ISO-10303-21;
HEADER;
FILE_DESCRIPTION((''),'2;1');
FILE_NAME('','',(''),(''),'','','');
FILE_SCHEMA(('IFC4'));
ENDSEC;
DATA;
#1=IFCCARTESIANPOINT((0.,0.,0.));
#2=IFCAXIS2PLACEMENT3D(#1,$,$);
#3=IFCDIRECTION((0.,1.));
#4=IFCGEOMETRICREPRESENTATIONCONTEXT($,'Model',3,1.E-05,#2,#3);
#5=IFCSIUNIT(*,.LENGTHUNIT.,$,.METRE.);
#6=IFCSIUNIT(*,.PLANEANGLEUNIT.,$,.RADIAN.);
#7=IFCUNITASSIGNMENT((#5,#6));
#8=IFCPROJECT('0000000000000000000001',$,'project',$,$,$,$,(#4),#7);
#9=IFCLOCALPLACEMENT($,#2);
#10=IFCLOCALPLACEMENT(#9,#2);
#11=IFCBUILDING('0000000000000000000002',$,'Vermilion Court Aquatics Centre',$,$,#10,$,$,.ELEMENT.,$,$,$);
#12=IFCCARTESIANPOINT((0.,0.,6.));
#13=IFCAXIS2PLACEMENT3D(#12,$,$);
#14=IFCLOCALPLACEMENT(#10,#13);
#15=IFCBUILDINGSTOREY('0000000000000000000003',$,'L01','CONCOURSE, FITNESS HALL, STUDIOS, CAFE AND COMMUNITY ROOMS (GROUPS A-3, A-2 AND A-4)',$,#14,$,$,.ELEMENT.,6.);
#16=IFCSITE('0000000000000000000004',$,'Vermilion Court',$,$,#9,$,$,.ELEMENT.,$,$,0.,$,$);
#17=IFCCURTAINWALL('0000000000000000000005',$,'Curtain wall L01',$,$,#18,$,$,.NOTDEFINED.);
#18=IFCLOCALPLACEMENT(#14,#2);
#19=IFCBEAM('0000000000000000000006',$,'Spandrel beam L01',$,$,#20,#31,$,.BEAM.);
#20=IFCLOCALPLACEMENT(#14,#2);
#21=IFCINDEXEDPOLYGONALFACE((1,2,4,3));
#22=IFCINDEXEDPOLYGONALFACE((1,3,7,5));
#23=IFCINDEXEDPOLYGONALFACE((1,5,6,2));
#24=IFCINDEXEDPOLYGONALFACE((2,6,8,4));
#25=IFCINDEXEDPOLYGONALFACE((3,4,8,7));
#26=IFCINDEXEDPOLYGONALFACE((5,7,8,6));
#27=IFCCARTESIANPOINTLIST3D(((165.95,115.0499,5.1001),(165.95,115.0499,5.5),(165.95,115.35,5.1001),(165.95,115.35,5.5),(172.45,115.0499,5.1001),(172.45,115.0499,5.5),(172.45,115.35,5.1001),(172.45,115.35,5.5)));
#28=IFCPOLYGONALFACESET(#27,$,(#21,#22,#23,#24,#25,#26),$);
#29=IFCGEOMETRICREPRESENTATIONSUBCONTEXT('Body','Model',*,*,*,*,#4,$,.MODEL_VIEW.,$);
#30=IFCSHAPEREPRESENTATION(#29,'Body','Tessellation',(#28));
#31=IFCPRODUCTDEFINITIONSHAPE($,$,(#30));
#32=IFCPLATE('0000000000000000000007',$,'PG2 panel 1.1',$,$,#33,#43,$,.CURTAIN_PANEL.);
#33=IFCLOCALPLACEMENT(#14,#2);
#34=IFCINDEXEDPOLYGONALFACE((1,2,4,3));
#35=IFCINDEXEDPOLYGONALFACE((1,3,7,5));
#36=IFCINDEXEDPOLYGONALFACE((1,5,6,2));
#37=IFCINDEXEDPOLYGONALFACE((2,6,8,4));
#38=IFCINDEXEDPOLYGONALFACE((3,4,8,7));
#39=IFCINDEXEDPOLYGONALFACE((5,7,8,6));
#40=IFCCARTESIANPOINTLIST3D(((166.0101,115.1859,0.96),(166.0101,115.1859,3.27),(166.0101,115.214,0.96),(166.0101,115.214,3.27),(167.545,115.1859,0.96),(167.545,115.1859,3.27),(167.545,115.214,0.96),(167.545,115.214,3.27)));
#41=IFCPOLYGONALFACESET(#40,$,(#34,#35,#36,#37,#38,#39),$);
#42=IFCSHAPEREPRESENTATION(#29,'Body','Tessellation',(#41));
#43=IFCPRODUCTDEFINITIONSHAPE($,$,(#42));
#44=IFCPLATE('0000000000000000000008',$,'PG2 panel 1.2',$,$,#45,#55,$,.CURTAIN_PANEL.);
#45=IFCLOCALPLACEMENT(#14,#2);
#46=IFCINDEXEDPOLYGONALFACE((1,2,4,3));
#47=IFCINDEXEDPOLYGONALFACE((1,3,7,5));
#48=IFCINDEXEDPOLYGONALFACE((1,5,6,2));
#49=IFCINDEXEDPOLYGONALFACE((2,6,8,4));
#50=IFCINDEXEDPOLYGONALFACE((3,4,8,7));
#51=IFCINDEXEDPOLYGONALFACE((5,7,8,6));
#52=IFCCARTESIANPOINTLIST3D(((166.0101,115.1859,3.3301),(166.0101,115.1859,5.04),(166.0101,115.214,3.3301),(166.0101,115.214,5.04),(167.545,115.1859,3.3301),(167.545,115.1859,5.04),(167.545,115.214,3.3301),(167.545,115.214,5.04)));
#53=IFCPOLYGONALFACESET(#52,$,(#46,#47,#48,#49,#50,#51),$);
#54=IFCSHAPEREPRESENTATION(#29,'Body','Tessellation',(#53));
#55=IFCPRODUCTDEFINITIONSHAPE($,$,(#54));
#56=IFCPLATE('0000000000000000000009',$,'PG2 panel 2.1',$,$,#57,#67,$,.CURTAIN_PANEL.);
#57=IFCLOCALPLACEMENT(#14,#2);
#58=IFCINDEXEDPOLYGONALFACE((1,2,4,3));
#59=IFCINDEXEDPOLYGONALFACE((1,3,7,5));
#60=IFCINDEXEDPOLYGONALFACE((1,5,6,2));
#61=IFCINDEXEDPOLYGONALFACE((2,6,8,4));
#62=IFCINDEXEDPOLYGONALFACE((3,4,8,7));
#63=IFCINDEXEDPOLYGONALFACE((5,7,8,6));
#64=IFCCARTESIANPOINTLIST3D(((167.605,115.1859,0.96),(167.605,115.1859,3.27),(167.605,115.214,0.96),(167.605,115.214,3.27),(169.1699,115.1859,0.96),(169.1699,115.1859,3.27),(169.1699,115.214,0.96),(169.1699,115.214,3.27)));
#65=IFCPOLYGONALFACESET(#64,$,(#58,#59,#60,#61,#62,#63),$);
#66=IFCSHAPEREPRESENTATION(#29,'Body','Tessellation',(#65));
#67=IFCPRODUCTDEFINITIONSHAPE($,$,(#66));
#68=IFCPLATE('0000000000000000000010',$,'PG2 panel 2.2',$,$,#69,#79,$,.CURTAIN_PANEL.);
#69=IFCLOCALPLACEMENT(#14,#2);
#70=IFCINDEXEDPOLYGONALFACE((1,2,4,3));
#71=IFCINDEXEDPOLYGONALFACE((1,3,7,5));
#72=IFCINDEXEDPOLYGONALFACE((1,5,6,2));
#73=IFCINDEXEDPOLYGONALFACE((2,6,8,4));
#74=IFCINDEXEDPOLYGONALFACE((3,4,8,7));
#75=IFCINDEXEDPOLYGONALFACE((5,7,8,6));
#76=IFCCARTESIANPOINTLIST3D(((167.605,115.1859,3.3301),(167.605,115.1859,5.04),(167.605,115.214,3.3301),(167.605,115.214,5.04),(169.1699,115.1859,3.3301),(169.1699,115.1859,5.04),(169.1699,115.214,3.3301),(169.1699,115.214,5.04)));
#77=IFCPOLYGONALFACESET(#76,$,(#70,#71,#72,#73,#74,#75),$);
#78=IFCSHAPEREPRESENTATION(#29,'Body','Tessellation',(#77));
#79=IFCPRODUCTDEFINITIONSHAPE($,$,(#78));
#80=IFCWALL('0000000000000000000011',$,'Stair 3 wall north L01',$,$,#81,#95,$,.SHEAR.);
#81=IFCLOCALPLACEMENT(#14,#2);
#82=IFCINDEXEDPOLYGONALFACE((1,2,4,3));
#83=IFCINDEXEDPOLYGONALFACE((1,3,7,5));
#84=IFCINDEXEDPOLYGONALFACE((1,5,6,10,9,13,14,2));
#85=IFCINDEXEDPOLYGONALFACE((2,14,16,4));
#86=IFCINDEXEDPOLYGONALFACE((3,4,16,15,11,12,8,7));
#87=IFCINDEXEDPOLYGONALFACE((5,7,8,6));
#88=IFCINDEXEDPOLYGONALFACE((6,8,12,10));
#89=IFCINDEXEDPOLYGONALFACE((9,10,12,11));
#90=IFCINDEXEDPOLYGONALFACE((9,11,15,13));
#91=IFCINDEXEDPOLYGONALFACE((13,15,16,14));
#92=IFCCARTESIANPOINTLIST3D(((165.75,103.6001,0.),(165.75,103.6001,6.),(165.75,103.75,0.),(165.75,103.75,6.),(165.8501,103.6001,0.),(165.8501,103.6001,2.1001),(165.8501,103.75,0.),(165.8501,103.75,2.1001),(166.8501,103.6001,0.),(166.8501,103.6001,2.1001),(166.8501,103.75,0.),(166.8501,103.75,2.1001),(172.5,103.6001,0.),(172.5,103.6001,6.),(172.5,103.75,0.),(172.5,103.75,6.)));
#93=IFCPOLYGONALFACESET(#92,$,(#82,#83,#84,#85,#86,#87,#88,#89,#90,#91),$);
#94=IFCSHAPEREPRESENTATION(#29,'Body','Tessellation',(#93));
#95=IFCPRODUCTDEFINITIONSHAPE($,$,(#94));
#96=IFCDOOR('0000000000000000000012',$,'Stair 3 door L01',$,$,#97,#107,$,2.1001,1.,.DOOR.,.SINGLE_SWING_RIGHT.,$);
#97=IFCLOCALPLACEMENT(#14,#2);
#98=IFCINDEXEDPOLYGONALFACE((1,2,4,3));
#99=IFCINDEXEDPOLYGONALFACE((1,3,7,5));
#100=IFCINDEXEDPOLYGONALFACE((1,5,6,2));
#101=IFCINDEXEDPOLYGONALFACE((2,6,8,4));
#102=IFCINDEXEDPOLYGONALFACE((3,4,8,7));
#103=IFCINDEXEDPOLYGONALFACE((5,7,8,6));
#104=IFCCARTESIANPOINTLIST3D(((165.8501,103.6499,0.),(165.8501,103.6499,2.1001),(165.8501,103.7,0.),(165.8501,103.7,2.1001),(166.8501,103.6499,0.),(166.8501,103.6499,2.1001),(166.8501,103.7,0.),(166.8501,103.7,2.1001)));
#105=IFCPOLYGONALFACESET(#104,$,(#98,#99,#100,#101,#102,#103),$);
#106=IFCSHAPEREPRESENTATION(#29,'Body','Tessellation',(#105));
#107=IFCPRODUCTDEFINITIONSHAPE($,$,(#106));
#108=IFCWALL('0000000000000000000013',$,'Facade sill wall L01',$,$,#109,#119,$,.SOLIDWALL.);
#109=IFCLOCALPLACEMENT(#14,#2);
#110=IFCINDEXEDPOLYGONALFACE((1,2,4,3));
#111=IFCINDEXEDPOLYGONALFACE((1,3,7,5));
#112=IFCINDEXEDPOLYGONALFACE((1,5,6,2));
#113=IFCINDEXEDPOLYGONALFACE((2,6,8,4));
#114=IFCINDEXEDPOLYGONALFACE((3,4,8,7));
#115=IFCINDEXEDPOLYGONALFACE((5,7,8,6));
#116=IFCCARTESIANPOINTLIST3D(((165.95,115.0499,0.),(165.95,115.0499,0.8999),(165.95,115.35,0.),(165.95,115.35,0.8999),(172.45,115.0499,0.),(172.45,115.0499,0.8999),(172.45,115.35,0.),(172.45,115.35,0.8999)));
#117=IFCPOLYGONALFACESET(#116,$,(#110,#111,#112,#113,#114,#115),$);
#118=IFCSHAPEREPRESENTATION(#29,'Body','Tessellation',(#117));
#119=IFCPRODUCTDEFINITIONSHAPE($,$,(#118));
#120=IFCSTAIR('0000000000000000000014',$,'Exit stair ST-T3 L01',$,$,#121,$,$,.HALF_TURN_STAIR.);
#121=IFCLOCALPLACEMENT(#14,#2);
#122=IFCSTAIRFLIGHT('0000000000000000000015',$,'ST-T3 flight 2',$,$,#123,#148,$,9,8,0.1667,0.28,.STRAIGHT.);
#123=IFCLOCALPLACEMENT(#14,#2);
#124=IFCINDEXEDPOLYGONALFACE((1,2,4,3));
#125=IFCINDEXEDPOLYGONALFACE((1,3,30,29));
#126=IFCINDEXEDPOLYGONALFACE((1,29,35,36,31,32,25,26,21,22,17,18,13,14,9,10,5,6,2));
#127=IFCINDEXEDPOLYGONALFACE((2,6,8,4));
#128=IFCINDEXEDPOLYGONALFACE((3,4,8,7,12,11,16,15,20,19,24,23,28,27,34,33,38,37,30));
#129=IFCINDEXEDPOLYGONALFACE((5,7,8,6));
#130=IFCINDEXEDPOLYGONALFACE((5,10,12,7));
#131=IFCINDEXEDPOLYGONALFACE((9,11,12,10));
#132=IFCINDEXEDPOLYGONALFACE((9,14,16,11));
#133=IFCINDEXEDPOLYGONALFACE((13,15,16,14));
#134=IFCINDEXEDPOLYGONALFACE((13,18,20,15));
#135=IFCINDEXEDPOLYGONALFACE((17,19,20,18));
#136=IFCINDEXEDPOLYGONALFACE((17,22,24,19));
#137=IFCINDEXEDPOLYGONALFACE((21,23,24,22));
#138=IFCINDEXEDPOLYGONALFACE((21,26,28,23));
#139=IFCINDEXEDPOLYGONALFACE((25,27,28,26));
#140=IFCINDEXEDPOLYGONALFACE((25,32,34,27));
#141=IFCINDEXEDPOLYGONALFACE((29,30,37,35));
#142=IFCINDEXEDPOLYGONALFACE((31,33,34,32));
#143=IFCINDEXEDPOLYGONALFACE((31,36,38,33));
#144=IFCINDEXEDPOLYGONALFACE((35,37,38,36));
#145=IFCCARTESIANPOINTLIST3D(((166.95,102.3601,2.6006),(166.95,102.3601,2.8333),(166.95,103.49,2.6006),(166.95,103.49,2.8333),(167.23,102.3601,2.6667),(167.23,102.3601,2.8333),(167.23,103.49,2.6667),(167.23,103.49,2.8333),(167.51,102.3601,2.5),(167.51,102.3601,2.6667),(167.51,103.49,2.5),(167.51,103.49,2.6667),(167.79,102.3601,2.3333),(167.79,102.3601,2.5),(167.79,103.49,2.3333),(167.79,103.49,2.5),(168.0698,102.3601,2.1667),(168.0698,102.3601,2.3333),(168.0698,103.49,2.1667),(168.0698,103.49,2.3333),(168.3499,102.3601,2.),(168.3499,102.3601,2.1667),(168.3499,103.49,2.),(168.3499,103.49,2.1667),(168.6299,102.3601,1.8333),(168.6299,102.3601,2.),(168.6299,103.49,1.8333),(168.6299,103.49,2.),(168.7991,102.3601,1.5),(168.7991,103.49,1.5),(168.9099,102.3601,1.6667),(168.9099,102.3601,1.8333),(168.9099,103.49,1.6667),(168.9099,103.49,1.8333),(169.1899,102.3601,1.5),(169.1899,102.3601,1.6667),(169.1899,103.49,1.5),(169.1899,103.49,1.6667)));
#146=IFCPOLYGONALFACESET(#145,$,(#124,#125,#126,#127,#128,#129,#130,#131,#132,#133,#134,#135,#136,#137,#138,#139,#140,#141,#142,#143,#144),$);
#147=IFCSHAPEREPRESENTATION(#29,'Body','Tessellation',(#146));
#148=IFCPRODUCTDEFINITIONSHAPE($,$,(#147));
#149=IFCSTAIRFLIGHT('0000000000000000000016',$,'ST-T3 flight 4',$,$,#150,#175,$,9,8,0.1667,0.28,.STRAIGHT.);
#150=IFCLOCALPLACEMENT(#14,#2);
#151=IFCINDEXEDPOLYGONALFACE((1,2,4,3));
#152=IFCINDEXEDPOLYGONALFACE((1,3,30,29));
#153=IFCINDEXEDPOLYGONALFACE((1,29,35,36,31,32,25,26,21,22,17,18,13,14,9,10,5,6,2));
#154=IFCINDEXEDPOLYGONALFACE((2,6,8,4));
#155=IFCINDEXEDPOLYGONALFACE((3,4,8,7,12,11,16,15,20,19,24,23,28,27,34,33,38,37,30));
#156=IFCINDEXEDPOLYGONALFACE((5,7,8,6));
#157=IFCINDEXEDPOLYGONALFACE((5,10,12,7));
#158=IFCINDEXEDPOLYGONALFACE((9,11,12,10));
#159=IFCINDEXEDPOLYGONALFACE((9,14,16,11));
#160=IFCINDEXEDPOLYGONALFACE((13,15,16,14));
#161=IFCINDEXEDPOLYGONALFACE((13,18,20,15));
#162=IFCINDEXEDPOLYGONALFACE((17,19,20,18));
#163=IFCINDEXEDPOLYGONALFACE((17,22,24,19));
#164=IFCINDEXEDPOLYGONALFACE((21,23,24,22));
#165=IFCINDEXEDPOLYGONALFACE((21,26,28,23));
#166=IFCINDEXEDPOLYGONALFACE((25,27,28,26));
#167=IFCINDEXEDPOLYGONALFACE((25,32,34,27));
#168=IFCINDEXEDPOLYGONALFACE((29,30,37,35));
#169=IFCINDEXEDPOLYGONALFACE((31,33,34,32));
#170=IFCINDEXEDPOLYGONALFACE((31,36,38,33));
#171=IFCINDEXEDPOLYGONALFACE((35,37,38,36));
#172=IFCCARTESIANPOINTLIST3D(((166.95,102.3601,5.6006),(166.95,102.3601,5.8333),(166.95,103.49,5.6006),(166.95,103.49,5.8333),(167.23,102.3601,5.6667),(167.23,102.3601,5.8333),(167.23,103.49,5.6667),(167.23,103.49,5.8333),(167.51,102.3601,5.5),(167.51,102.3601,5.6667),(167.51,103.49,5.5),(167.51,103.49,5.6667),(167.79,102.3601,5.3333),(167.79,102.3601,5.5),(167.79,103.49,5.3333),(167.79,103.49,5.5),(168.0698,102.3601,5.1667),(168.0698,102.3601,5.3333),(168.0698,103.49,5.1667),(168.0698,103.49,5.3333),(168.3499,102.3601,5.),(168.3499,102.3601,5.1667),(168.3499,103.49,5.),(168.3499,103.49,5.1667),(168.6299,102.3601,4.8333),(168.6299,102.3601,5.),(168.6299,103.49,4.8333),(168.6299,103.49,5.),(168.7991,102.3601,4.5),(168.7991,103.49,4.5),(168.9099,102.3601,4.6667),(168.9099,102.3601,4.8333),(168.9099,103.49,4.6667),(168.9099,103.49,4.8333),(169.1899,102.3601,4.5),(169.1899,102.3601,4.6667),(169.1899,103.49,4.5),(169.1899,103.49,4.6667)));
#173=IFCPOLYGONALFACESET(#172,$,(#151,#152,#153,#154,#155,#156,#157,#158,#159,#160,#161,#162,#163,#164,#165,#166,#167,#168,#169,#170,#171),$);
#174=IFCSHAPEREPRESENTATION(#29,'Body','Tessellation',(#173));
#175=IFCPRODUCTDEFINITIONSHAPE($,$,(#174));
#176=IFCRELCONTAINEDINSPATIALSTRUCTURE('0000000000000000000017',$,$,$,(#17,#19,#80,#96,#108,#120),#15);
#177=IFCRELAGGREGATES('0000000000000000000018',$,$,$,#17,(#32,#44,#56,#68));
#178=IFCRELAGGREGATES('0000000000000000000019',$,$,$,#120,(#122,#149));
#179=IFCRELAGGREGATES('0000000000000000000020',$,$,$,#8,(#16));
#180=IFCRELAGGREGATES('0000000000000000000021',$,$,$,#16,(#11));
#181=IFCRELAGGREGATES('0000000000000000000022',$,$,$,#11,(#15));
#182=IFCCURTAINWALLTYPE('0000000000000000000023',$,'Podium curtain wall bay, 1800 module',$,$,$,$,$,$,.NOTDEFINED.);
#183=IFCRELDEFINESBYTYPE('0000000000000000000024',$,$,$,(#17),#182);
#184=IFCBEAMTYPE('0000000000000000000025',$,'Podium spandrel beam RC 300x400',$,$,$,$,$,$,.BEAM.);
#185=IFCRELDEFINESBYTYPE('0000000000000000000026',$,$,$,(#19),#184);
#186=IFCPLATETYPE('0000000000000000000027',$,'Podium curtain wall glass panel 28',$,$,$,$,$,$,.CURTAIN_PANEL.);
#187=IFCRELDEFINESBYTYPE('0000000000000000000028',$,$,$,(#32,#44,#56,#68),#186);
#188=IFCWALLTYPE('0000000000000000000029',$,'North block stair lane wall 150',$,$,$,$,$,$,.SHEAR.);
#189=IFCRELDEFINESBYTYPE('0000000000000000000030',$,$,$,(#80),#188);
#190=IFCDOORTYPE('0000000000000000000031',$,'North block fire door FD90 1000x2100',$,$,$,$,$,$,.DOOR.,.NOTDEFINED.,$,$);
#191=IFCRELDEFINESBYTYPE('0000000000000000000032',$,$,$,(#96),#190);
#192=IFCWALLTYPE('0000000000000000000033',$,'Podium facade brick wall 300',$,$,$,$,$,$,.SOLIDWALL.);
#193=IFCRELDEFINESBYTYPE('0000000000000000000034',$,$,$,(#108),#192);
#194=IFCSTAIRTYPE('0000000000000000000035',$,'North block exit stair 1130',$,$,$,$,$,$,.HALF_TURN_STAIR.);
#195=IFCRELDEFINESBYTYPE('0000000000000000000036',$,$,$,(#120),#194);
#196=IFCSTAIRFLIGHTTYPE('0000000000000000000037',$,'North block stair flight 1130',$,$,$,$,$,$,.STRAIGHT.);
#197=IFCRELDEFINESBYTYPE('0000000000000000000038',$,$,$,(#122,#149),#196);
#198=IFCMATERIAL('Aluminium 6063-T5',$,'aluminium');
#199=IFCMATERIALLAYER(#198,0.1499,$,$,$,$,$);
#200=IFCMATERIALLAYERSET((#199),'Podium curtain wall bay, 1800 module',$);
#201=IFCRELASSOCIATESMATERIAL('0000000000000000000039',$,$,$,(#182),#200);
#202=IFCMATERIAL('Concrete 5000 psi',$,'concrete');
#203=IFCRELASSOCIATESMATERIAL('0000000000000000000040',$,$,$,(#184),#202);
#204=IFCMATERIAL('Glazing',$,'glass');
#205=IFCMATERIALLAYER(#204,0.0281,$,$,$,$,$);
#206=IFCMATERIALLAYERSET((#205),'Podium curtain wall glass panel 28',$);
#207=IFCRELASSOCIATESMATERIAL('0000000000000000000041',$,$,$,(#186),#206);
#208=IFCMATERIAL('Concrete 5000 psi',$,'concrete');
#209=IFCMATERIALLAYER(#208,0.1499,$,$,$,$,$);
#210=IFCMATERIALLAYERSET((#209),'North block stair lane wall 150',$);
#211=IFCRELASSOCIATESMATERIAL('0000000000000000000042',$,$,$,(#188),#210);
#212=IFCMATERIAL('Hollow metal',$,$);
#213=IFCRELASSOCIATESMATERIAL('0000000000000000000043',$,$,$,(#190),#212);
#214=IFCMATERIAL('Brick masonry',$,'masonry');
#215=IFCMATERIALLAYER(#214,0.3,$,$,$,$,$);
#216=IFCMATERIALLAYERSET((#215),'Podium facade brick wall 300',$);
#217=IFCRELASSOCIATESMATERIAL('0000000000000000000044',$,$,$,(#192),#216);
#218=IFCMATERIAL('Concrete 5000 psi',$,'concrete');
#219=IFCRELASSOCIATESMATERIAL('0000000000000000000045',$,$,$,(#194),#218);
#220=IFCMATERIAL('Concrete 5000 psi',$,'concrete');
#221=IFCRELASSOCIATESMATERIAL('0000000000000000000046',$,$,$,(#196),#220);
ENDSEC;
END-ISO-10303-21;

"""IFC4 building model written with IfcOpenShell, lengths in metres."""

from ifc_helpers import new_model, si_unit, direction, frame, frame_2d, origin, origin_2d, place, context, subcontext, project, spatial, polyline, rectangle, outline, extrude, material, layer, layer_set, material_profile, profile_set, type_object, element, fill, aggregate, save


model = new_model("IFC4")

# Units and contexts
model_context = context("Model", 3, precision=1e-05, world=origin(), true_north=direction((0.0, 1.0)))
body_context = subcontext(model_context, "Body", "Model", "MODEL_VIEW")
ifc_project = project(units=[si_unit("LENGTHUNIT", "METRE"), si_unit("PLANEANGLEUNIT", "RADIAN")], contexts=[model_context])

# Site, building, storey
site_placement = place(None, origin())
site = spatial("IfcSite", under=ifc_project, at=site_placement, Name="Vermilion Court", CompositionType="ELEMENT", RefElevation=0.0)
building_placement = place(site_placement, origin())
building = spatial("IfcBuilding", under=site, at=building_placement, Name="Vermilion Court Aquatics Centre", CompositionType="ELEMENT")
storey_placement = place(building_placement, frame((0.0, 0.0, 6.0)))
storey = spatial("IfcBuildingStorey", under=building, at=storey_placement, Name="L01", Description="CONCOURSE, FITNESS HALL, STUDIOS, CAFE AND COMMUNITY ROOMS (GROUPS A-3, A-2 AND A-4)", CompositionType="ELEMENT", Elevation=6.0)

# Curtain wall
ifc_material_1 = material(Name="Aluminium 6063-T5", Category="aluminium")
ifc_layer_1 = layer(ifc_material_1, 0.1499)
ifc_layer_set_1 = layer_set([ifc_layer_1], Name="Podium curtain wall bay, 1800 module")
curtain_wall_type = type_object("IfcCurtainWallType", Name="Podium curtain wall bay, 1800 module", PredefinedType="NOTDEFINED", material=ifc_layer_set_1)
curtain_wall_placement = place(storey_placement, origin())
curtain_wall = element("IfcCurtainWall", 1, at=curtain_wall_placement, inside=storey, type_object=curtain_wall_type, Name="Curtain wall L01", PredefinedType="NOTDEFINED")

# Beam
ifc_material_2 = material(Name="Concrete 5000 psi", Category="concrete")
ifc_material_profile_1 = material_profile(ifc_material_2, rectangle(XDim=0.3, YDim=0.3999, at=origin_2d()), Name="RC 300x400")
ifc_profile_set_1 = profile_set([ifc_material_profile_1], Name="Concrete 5000 psi")
beam_type = type_object("IfcBeamType", Name="Podium spandrel beam RC 300x400", PredefinedType="BEAM", material=ifc_profile_set_1)
beam_placement = place(storey_placement, frame((165.95, 115.2, 5.3), z_axis=(1.0, 0.0, 0.0), x_axis=(0.0, 1.0, 0.0)))
element("IfcBeam", 2, at=beam_placement, inside=storey, type_object=beam_type, Name="Spandrel beam L01", PredefinedType="BEAM", context=body_context, shape_type="SweptSolid", body=[
    extrude(rectangle(XDim=0.3, YDim=0.3999, at=origin_2d()), origin(), (0.0, 0.0, 1.0), 6.5),
])

# Plates
ifc_material_3 = material(Name="Glazing", Category="glass")
ifc_layer_2 = layer(ifc_material_3, 0.0281)
ifc_layer_set_2 = layer_set([ifc_layer_2], Name="Podium curtain wall glass panel 28")
plate_type = type_object("IfcPlateType", Name="Podium curtain wall glass panel 28", PredefinedType="CURTAIN_PANEL", material=ifc_layer_set_2)
plate_1_placement = place(storey_placement, frame((166.7776, 115.2, 0.96), z_axis=(0.0, 0.0, 1.0), x_axis=(1.0, 0.0, 0.0)))
plate_1 = element("IfcPlate", 3, at=plate_1_placement, type_object=plate_type, Name="PG2 panel 1.1", PredefinedType="CURTAIN_PANEL", context=body_context, shape_type="SweptSolid", body=[
    extrude(rectangle(XDim=1.5349, YDim=0.0281, at=origin_2d()), origin(), (0.0, 0.0, 1.0), 2.3101),
])
plate_2_placement = place(storey_placement, frame((166.7776, 115.2, 3.3301), z_axis=(0.0, 0.0, 1.0), x_axis=(1.0, 0.0, 0.0)))
plate_2 = element("IfcPlate", 4, at=plate_2_placement, type_object=plate_type, Name="PG2 panel 1.2", PredefinedType="CURTAIN_PANEL", context=body_context, shape_type="SweptSolid", body=[
    extrude(rectangle(XDim=1.5349, YDim=0.0281, at=origin_2d()), origin(), (0.0, 0.0, 1.0), 1.71),
])
plate_3_placement = place(storey_placement, frame((168.3875, 115.2, 0.96), z_axis=(0.0, 0.0, 1.0), x_axis=(1.0, 0.0, 0.0)))
plate_3 = element("IfcPlate", 5, at=plate_3_placement, type_object=plate_type, Name="PG2 panel 2.1", PredefinedType="CURTAIN_PANEL", context=body_context, shape_type="SweptSolid", body=[
    extrude(rectangle(XDim=1.5649, YDim=0.0281, at=origin_2d()), origin(), (0.0, 0.0, 1.0), 2.3101),
])
plate_4_placement = place(storey_placement, frame((168.3875, 115.2, 3.3301), z_axis=(0.0, 0.0, 1.0), x_axis=(1.0, 0.0, 0.0)))
plate_4 = element("IfcPlate", 6, at=plate_4_placement, type_object=plate_type, Name="PG2 panel 2.2", PredefinedType="CURTAIN_PANEL", context=body_context, shape_type="SweptSolid", body=[
    extrude(rectangle(XDim=1.5649, YDim=0.0281, at=origin_2d()), origin(), (0.0, 0.0, 1.0), 1.71),
])
aggregate(curtain_wall, [plate_1, plate_2, plate_3, plate_4])

# Wall, opening, door
ifc_material_4 = material(Name="Concrete 5000 psi", Category="concrete")
ifc_layer_3 = layer(ifc_material_4, 0.1499)
ifc_layer_set_3 = layer_set([ifc_layer_3], Name="North block stair lane wall 150")
wall_type_1 = type_object("IfcWallType", Name="North block stair lane wall 150", PredefinedType="SHEAR", material=ifc_layer_set_3)
wall_1_placement = place(storey_placement, frame((165.75, 103.675, 0.0), z_axis=(0.0, 0.0, 1.0), x_axis=(1.0, 0.0, 0.0)))
wall_1 = element("IfcWall", 7, at=wall_1_placement, inside=storey, type_object=wall_type_1, Name="Stair 3 wall north L01", PredefinedType="SHEAR", context=body_context, shape_type="SweptSolid", body=[
    extrude(rectangle(XDim=6.75, YDim=0.1499, at=frame_2d((3.375, 0.0))), origin(), (0.0, 0.0, 1.0), 6.0),
])
opening_placement = place(wall_1_placement, frame((0.1001, 0.0, 0.0)))
opening = element("IfcOpeningElement", 8, at=opening_placement, cuts=wall_1, PredefinedType="OPENING", context=body_context, shape_type="SweptSolid", body=[
    extrude(rectangle(XDim=1.0, YDim=2.1001, at=frame_2d((0.5, 1.05))), frame((0.0, 0.085, 0.0), z_axis=(0.0, -1.0, 0.0), x_axis=(1.0, 0.0, 0.0)), (0.0, 0.0, 1.0), 0.1699),
])
ifc_material_5 = material(Name="Hollow metal")
door_type = type_object("IfcDoorType", Name="North block fire door FD90 1000x2100", OperationType="NOTDEFINED", PredefinedType="DOOR", material=ifc_material_5)
door_placement = place(opening_placement, frame((1.0, 0.0, 0.0), z_axis=(0.0, 0.0, 1.0), x_axis=(-1.0, 0.0, 0.0)))
door = element("IfcDoor", 9, at=door_placement, inside=storey, type_object=door_type, Name="Stair 3 door L01", OperationType="SINGLE_SWING_RIGHT", OverallHeight=2.1001, OverallWidth=1.0, PredefinedType="DOOR", context=body_context, shape_type="SweptSolid", body=[
    extrude(rectangle(XDim=1.0, YDim=2.1001, at=frame_2d((0.5, 1.05))), frame((0.0, 0.0251, 0.0), z_axis=(0.0, -1.0, 0.0), x_axis=(1.0, 0.0, 0.0)), (0.0, 0.0, 1.0), 0.05),
])
fill(opening, door)

# Wall
ifc_material_6 = material(Name="Brick masonry", Category="masonry")
ifc_layer_4 = layer(ifc_material_6, 0.3)
ifc_layer_set_4 = layer_set([ifc_layer_4], Name="Podium facade brick wall 300")
wall_type_2 = type_object("IfcWallType", Name="Podium facade brick wall 300", PredefinedType="SOLIDWALL", material=ifc_layer_set_4)
wall_2_placement = place(storey_placement, frame((165.95, 115.2, 0.0), z_axis=(0.0, 0.0, 1.0), x_axis=(1.0, 0.0, 0.0)))
element("IfcWall", 10, at=wall_2_placement, inside=storey, type_object=wall_type_2, Name="Facade sill wall L01", PredefinedType="SOLIDWALL", context=body_context, shape_type="SweptSolid", body=[
    extrude(rectangle(XDim=6.5, YDim=0.3, at=frame_2d((3.25, 0.0))), origin(), (0.0, 0.0, 1.0), 0.8999),
])

# Stair, stair flights
ifc_material_7 = material(Name="Concrete 5000 psi", Category="concrete")
stair_type = type_object("IfcStairType", Name="North block exit stair 1130", PredefinedType="HALF_TURN_STAIR", material=ifc_material_7)
stair_placement = place(storey_placement, origin())
stair = element("IfcStair", 11, at=stair_placement, inside=storey, type_object=stair_type, Name="Exit stair ST-T3 L01", PredefinedType="HALF_TURN_STAIR")
ifc_material_8 = material(Name="Concrete 5000 psi", Category="concrete")
stair_flight_type = type_object("IfcStairFlightType", Name="North block stair flight 1130", PredefinedType="STRAIGHT", material=ifc_material_8)
stair_flight_1_placement = place(storey_placement, frame((169.1899, 102.925, 1.5), z_axis=(0.0, 0.0, 1.0), x_axis=(-1.0, 0.0, 0.0)))
stair_flight_1 = element("IfcStairFlight", 12, at=stair_flight_1_placement, type_object=stair_flight_type, Name="ST-T3 flight 2", NumberOfRisers=9, NumberOfTreads=8, PredefinedType="STRAIGHT", RiserHeight=0.1667, TreadLength=0.28, context=body_context, shape_type="SweptSolid", body=[
    extrude(outline(polyline([(0.0, 0.0), (0.0, 0.1667), (0.28, 0.1667), (0.28, 0.3333), (0.5601, 0.3333), (0.5601, 0.5), (0.8401, 0.5), (0.8401, 0.6667), (1.1201, 0.6667), (1.1201, 0.8333), (1.3999, 0.8333), (1.3999, 1.0), (1.6799, 1.0), (1.6799, 1.1667), (1.96, 1.1667), (1.96, 1.3333), (2.24, 1.3333), (2.24, 1.5), (2.24, 1.1006), (0.3909, 0.0), (0.0, 0.0)])), frame((0.0, 0.5649, 0.0), z_axis=(0.0, -1.0, 0.0), x_axis=(1.0, 0.0, 0.0)), (0.0, 0.0, 1.0), 1.1299),
])
stair_flight_2_placement = place(storey_placement, frame((169.1899, 102.925, 4.5), z_axis=(0.0, 0.0, 1.0), x_axis=(-1.0, 0.0, 0.0)))
stair_flight_2 = element("IfcStairFlight", 13, at=stair_flight_2_placement, type_object=stair_flight_type, Name="ST-T3 flight 4", NumberOfRisers=9, NumberOfTreads=8, PredefinedType="STRAIGHT", RiserHeight=0.1667, TreadLength=0.28, context=body_context, shape_type="SweptSolid", body=[
    extrude(outline(polyline([(0.0, 0.0), (0.0, 0.1667), (0.28, 0.1667), (0.28, 0.3333), (0.5601, 0.3333), (0.5601, 0.5), (0.8401, 0.5), (0.8401, 0.6667), (1.1201, 0.6667), (1.1201, 0.8333), (1.3999, 0.8333), (1.3999, 1.0), (1.6799, 1.0), (1.6799, 1.1667), (1.96, 1.1667), (1.96, 1.3333), (2.24, 1.3333), (2.24, 1.5), (2.24, 1.1006), (0.3909, 0.0), (0.0, 0.0)])), frame((0.0, 0.5649, 0.0), z_axis=(0.0, -1.0, 0.0), x_axis=(1.0, 0.0, 0.0)), (0.0, 0.0, 1.0), 1.1299),
])
aggregate(stair, [stair_flight_1, stair_flight_2])

save(model, "model.ifc")
